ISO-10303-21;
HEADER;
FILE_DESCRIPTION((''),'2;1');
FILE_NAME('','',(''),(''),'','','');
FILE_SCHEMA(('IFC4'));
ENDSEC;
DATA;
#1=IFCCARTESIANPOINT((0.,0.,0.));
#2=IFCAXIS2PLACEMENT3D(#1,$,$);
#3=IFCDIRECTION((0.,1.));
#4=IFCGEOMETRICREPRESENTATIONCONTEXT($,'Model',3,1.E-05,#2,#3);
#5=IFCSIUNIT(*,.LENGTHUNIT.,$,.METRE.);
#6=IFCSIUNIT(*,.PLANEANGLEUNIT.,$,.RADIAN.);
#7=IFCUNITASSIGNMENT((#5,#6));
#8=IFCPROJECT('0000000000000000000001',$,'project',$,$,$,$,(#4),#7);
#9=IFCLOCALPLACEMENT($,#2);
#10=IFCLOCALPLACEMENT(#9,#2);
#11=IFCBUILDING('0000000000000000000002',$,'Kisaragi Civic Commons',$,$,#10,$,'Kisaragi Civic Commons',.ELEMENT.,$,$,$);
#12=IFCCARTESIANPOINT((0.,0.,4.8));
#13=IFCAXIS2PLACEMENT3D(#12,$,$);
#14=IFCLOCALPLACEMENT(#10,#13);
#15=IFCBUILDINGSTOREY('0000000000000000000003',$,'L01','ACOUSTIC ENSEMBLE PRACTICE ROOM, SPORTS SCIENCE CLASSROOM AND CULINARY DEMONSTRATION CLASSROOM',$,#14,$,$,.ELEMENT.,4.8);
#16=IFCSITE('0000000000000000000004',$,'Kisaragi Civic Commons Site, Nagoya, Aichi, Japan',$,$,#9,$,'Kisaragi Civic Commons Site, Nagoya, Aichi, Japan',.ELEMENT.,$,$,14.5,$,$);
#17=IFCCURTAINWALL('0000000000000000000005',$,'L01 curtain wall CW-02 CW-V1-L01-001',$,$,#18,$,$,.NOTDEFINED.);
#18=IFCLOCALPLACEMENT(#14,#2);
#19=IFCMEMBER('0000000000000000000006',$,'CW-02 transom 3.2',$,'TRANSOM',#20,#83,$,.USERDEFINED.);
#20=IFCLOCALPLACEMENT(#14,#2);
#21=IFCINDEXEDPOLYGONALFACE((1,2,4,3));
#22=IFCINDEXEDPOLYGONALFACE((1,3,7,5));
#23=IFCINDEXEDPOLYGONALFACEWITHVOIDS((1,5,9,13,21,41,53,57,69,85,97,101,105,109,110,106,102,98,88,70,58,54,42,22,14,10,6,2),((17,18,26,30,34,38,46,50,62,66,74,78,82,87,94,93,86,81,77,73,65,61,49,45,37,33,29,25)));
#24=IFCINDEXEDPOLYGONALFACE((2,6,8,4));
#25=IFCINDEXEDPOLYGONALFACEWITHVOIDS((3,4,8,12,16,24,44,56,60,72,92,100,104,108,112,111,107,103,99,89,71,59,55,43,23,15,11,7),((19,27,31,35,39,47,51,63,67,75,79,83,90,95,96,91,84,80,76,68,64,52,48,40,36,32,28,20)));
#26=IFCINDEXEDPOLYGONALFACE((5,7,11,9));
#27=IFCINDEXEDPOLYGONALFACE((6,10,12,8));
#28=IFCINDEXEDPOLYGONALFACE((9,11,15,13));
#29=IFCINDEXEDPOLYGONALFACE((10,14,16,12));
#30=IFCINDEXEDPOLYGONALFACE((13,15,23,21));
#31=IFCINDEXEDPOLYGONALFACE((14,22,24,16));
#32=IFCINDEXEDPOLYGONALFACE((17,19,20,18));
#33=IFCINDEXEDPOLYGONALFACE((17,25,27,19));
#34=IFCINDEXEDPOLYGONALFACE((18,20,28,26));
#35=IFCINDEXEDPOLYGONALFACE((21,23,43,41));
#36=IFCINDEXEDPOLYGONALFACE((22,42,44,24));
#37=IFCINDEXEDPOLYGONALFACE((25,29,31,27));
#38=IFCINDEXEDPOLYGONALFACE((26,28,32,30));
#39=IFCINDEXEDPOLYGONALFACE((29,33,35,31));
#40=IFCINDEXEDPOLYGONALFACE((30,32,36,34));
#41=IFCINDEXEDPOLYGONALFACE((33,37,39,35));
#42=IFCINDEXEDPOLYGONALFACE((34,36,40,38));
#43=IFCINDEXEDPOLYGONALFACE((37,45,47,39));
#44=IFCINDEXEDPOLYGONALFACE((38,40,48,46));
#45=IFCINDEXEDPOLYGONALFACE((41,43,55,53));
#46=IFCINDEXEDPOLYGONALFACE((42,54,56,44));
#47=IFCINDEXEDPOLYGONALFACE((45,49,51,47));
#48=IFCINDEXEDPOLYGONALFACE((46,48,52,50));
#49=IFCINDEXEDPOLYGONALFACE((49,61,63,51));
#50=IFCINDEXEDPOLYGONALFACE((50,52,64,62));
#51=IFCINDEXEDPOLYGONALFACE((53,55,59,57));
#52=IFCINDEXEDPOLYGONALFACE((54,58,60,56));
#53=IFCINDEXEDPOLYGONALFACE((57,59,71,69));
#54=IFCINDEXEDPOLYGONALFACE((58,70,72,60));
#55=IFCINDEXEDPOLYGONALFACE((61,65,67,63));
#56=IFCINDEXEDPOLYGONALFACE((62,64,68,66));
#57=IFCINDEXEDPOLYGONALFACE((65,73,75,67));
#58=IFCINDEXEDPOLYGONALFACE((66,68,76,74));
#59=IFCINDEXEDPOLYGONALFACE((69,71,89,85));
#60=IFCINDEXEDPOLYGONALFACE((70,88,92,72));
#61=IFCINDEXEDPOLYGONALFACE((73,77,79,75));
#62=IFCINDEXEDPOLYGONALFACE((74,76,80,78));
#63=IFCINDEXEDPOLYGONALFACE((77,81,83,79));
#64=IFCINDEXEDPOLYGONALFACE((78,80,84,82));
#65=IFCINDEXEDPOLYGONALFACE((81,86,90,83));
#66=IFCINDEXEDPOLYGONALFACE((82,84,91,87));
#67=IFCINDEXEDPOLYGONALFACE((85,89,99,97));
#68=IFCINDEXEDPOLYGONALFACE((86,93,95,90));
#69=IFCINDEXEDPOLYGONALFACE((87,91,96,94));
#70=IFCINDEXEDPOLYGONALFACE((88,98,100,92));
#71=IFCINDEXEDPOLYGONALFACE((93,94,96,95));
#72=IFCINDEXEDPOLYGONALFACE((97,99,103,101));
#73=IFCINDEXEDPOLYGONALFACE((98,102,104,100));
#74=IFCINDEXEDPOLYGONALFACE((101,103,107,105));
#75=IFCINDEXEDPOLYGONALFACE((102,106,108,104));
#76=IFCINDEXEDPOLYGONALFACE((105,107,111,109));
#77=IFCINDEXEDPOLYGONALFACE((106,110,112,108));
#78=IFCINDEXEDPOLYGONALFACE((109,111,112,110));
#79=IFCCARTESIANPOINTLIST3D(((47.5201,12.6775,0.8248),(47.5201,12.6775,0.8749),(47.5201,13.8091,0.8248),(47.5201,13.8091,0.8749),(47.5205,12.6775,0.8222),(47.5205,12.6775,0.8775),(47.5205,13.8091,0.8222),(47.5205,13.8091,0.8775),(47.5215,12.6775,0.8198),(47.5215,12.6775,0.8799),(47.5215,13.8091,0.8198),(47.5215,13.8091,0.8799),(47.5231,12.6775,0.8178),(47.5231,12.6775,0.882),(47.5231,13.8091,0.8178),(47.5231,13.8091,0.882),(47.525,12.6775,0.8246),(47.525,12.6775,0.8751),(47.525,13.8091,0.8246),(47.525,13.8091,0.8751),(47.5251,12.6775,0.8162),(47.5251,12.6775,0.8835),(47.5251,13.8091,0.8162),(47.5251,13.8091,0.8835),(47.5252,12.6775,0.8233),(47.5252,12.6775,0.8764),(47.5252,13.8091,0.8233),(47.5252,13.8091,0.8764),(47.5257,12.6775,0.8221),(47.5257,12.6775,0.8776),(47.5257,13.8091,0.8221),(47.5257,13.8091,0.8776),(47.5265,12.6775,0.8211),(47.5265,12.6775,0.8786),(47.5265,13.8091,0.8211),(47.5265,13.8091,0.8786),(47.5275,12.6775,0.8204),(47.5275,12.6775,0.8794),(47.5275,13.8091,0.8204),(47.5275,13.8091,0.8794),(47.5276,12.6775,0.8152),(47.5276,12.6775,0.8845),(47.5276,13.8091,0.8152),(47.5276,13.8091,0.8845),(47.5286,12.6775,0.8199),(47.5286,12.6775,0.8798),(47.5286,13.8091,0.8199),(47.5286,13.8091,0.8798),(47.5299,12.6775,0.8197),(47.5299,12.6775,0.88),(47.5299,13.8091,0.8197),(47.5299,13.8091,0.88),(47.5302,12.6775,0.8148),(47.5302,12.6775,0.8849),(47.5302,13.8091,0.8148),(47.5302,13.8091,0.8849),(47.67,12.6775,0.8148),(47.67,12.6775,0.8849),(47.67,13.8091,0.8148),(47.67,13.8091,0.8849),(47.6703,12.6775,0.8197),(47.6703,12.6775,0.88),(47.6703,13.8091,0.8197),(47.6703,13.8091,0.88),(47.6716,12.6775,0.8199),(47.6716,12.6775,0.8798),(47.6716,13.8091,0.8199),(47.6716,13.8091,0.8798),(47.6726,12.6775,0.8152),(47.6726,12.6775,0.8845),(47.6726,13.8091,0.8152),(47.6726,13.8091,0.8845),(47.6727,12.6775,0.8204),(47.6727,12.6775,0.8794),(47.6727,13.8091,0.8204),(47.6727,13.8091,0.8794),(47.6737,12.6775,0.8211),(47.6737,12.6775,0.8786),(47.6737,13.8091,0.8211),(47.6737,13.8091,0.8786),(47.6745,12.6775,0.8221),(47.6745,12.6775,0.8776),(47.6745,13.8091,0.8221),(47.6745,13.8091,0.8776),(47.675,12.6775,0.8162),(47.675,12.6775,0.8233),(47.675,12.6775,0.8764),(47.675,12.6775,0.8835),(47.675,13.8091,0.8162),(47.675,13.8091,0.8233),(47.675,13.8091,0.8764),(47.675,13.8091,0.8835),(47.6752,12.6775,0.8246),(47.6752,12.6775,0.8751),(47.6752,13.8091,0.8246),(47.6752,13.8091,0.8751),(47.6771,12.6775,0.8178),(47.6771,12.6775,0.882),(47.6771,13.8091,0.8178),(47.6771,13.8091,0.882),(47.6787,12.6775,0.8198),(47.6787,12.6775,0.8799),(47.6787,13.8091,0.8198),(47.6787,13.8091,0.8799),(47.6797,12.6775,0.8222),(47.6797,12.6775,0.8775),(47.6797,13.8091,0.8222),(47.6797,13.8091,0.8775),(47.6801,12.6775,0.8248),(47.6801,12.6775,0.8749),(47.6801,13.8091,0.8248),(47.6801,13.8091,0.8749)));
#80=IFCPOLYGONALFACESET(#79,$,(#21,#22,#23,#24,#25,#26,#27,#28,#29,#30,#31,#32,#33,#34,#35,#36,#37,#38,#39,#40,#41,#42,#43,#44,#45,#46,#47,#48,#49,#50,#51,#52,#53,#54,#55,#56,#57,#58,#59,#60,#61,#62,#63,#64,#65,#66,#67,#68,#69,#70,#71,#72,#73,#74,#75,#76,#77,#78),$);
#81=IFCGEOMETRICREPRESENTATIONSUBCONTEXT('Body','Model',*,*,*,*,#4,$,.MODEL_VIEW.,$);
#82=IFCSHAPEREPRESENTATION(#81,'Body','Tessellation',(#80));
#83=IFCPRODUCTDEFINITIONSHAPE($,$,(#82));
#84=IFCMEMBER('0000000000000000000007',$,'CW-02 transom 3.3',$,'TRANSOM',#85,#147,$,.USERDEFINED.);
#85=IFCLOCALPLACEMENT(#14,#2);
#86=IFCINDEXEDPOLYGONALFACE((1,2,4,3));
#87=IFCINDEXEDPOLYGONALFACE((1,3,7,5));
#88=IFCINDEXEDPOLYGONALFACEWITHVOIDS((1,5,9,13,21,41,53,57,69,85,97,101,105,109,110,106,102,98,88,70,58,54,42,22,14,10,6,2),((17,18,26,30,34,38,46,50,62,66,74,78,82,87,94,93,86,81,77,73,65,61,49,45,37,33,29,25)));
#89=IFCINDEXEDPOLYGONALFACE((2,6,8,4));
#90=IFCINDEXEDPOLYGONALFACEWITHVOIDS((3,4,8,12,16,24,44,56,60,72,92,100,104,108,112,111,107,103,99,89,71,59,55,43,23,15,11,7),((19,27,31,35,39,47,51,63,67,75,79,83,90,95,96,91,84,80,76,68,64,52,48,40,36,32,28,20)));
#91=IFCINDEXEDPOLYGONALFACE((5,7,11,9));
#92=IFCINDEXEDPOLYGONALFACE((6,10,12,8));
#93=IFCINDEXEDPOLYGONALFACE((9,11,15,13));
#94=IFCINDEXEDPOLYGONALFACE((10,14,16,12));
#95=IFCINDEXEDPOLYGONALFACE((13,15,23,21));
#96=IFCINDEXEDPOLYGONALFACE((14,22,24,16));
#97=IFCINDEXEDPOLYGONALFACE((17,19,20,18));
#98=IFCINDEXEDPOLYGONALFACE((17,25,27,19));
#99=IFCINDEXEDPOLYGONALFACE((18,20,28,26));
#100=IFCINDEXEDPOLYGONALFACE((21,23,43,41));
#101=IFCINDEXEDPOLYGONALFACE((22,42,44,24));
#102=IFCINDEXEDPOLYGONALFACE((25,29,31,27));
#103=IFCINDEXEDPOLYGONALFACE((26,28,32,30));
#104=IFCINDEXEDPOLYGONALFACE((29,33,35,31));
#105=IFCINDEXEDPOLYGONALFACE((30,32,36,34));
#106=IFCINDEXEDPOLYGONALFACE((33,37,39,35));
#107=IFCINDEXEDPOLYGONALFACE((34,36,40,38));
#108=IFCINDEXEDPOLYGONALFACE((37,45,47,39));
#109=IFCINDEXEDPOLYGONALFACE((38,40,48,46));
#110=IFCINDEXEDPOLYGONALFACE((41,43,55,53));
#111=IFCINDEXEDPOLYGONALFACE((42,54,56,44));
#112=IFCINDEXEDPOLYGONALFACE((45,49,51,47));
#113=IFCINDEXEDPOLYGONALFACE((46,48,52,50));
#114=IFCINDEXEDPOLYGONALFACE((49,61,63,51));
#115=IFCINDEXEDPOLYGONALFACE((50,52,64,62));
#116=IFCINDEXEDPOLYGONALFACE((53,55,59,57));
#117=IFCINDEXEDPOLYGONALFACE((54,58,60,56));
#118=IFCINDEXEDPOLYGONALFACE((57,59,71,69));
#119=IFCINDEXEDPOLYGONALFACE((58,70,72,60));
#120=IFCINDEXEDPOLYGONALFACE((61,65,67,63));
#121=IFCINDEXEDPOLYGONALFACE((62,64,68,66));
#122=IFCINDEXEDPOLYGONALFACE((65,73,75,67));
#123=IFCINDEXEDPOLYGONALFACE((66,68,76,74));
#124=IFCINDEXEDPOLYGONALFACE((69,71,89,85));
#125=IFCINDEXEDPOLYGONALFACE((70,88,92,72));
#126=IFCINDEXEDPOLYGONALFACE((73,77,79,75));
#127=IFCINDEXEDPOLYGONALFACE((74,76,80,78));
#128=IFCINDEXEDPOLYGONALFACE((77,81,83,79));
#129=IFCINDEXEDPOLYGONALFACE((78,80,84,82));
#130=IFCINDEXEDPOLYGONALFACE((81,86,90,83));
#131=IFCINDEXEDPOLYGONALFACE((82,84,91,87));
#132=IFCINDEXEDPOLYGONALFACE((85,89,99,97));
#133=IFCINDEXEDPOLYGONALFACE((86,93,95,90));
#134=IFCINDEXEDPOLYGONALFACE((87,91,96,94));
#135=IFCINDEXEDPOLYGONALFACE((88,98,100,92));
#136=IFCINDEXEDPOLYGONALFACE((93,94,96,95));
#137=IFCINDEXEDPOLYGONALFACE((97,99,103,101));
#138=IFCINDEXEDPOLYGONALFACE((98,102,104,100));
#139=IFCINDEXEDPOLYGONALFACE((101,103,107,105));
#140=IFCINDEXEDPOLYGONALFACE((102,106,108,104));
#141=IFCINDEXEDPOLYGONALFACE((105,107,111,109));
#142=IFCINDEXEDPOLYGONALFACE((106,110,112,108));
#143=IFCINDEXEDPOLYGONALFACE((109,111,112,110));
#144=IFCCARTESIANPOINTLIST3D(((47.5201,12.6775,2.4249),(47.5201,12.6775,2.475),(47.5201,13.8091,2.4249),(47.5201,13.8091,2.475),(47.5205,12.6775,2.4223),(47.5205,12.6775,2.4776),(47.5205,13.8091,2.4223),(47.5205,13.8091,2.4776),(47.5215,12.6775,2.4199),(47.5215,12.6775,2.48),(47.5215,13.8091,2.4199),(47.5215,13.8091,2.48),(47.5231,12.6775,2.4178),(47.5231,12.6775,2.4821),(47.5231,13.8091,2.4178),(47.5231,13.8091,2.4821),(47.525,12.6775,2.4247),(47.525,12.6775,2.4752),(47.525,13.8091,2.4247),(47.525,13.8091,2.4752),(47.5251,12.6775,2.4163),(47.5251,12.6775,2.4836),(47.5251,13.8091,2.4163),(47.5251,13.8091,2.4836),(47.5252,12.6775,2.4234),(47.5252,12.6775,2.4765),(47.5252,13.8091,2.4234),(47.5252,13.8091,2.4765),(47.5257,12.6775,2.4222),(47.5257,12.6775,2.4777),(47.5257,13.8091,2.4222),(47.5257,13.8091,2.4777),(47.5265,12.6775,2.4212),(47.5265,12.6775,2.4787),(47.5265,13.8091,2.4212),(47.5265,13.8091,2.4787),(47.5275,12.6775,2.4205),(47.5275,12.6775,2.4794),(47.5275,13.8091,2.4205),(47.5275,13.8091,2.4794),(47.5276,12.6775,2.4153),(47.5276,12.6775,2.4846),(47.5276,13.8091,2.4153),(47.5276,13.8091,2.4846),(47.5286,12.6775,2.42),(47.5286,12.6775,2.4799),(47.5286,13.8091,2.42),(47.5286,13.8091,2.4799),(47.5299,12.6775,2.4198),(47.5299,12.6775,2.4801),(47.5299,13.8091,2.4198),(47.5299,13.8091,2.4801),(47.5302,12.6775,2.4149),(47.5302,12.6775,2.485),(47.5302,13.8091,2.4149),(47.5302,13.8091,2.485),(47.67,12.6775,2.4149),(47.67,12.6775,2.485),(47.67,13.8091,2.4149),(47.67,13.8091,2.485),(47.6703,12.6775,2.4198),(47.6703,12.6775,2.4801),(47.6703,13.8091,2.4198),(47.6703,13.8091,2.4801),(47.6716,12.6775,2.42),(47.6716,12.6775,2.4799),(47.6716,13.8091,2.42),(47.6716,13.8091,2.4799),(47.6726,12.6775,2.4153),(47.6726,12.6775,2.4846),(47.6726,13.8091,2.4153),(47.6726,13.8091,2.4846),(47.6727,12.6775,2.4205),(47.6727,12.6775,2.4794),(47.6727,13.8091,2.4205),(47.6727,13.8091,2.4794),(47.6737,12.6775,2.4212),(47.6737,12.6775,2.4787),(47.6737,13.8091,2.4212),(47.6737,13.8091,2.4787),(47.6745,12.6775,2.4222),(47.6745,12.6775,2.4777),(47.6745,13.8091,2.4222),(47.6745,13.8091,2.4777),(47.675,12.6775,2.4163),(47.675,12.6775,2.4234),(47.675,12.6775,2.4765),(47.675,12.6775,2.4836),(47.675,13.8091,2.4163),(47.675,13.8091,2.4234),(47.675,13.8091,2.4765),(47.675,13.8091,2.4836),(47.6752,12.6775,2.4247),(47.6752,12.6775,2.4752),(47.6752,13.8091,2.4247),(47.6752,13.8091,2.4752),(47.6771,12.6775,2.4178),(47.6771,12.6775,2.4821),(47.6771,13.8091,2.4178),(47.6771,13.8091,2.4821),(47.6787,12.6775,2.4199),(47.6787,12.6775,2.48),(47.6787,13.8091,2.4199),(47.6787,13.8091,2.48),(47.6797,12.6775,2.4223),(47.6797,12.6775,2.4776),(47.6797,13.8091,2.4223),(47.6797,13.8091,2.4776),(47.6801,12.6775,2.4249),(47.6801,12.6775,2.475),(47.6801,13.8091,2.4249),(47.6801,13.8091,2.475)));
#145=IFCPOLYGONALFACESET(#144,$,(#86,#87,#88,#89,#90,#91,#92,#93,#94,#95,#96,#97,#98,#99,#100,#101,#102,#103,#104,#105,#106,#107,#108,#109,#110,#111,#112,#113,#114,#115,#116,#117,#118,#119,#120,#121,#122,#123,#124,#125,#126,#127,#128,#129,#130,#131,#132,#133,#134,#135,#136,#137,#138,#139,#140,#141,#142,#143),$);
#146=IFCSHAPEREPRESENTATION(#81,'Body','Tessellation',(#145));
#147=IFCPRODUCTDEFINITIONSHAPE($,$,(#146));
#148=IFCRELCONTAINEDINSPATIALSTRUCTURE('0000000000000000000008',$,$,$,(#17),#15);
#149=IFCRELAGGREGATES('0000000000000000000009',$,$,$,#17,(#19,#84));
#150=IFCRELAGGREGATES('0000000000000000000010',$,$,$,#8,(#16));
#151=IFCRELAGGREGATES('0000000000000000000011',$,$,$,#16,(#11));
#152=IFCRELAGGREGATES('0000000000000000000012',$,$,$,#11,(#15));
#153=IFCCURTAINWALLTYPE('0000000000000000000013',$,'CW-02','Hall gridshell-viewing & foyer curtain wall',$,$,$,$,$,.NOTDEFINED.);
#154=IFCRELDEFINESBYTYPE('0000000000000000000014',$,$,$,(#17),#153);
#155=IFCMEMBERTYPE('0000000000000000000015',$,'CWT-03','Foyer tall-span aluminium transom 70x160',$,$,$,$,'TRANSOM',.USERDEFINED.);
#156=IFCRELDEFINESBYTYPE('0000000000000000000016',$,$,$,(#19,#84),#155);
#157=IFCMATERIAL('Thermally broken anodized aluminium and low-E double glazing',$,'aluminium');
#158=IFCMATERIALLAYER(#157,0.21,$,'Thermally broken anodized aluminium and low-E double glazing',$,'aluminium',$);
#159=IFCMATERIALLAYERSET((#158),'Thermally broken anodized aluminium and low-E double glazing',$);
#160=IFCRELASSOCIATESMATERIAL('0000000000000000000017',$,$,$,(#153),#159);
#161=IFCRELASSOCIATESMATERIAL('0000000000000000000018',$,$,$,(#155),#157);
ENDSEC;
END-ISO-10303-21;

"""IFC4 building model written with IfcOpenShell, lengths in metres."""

from ifc_helpers import new_model, si_unit, direction, frame, origin, origin_2d, place, context, subcontext, project, spatial, hollow_rectangle, extrude, material, layer, layer_set, material_profile, profile_set, type_object, element, aggregate, save


model = new_model("IFC4")

# Units and contexts
model_context = context("Model", 3, precision=1e-05, world=origin(), true_north=direction((0.0, 1.0)))
body_context = subcontext(model_context, "Body", "Model", "MODEL_VIEW")
ifc_project = project(units=[si_unit("LENGTHUNIT", "METRE"), si_unit("PLANEANGLEUNIT", "RADIAN")], contexts=[model_context])

# Site, building, storey
site_placement = place(None, origin())
site = spatial("IfcSite", under=ifc_project, at=site_placement, Name="Kisaragi Civic Commons Site, Nagoya, Aichi, Japan", LongName="Kisaragi Civic Commons Site, Nagoya, Aichi, Japan", CompositionType="ELEMENT", RefElevation=14.5)
building_placement = place(site_placement, origin())
building = spatial("IfcBuilding", under=site, at=building_placement, Name="Kisaragi Civic Commons", LongName="Kisaragi Civic Commons", CompositionType="ELEMENT")
storey_placement = place(building_placement, frame((0.0, 0.0, 4.8)))
storey = spatial("IfcBuildingStorey", under=building, at=storey_placement, Name="L01", Description="ACOUSTIC ENSEMBLE PRACTICE ROOM, SPORTS SCIENCE CLASSROOM AND CULINARY DEMONSTRATION CLASSROOM", CompositionType="ELEMENT", Elevation=4.8)

# Curtain wall
ifc_material_1 = material(Name="Thermally broken anodized aluminium and low-E double glazing", Category="aluminium")
ifc_layer_1 = layer(ifc_material_1, 0.21, Name="Thermally broken anodized aluminium and low-E double glazing", Category="aluminium")
ifc_layer_set_1 = layer_set([ifc_layer_1], Name="Thermally broken anodized aluminium and low-E double glazing")
curtain_wall_type = type_object("IfcCurtainWallType", Name="CW-02", Description="Hall gridshell-viewing & foyer curtain wall", PredefinedType="NOTDEFINED", material=ifc_layer_set_1)
curtain_wall_1_placement = place(storey_placement, origin())
curtain_wall_1 = element("IfcCurtainWall", 1, at=curtain_wall_1_placement, inside=storey, type_object=curtain_wall_type, Name="L01 curtain wall CW-02 CW-V1-L01-001", PredefinedType="NOTDEFINED")

# Members
ifc_material_profile_1 = material_profile(ifc_material_1, hollow_rectangle(XDim=0.1599, YDim=0.0701, WallThickness=0.0049, InnerFilletRadius=0.0049, OuterFilletRadius=0.01, at=origin_2d()), Name="CWT-70x160x5", Category="aluminium")
ifc_profile_set_1 = profile_set([ifc_material_profile_1], Name="Thermally broken anodized aluminium and low-E double glazing")
member_type_1 = type_object("IfcMemberType", Name="CWT-03", Description="Foyer tall-span aluminium transom 70x160", ElementType="TRANSOM", PredefinedType="USERDEFINED", material=ifc_profile_set_1)
member_1_placement = place(storey_placement, frame((47.6001, 13.8091, 0.8499), z_axis=(0.0, -1.0, 0.0), x_axis=(1.0, 0.0, 0.0)))
member_1 = element("IfcMember", 2, at=member_1_placement, type_object=member_type_1, Name="CW-02 transom 3.2", ObjectType="TRANSOM", PredefinedType="USERDEFINED", context=body_context, shape_type="SweptSolid", body=[
    extrude(hollow_rectangle(XDim=0.1599, YDim=0.0701, WallThickness=0.0049, InnerFilletRadius=0.0049, OuterFilletRadius=0.01, at=origin_2d()), origin(), (0.0, 0.0, 1.0), 1.1316),
])
member_2_placement = place(storey_placement, frame((47.6001, 13.8091, 2.45), z_axis=(0.0, -1.0, 0.0), x_axis=(1.0, 0.0, 0.0)))
member_2 = element("IfcMember", 3, at=member_2_placement, type_object=member_type_1, Name="CW-02 transom 3.3", ObjectType="TRANSOM", PredefinedType="USERDEFINED", context=body_context, shape_type="SweptSolid", body=[
    extrude(hollow_rectangle(XDim=0.1599, YDim=0.0701, WallThickness=0.0049, InnerFilletRadius=0.0049, OuterFilletRadius=0.01, at=origin_2d()), origin(), (0.0, 0.0, 1.0), 1.1316),
])

aggregate(curtain_wall_1, [member_1, member_2])

save(model, "model.ifc")
